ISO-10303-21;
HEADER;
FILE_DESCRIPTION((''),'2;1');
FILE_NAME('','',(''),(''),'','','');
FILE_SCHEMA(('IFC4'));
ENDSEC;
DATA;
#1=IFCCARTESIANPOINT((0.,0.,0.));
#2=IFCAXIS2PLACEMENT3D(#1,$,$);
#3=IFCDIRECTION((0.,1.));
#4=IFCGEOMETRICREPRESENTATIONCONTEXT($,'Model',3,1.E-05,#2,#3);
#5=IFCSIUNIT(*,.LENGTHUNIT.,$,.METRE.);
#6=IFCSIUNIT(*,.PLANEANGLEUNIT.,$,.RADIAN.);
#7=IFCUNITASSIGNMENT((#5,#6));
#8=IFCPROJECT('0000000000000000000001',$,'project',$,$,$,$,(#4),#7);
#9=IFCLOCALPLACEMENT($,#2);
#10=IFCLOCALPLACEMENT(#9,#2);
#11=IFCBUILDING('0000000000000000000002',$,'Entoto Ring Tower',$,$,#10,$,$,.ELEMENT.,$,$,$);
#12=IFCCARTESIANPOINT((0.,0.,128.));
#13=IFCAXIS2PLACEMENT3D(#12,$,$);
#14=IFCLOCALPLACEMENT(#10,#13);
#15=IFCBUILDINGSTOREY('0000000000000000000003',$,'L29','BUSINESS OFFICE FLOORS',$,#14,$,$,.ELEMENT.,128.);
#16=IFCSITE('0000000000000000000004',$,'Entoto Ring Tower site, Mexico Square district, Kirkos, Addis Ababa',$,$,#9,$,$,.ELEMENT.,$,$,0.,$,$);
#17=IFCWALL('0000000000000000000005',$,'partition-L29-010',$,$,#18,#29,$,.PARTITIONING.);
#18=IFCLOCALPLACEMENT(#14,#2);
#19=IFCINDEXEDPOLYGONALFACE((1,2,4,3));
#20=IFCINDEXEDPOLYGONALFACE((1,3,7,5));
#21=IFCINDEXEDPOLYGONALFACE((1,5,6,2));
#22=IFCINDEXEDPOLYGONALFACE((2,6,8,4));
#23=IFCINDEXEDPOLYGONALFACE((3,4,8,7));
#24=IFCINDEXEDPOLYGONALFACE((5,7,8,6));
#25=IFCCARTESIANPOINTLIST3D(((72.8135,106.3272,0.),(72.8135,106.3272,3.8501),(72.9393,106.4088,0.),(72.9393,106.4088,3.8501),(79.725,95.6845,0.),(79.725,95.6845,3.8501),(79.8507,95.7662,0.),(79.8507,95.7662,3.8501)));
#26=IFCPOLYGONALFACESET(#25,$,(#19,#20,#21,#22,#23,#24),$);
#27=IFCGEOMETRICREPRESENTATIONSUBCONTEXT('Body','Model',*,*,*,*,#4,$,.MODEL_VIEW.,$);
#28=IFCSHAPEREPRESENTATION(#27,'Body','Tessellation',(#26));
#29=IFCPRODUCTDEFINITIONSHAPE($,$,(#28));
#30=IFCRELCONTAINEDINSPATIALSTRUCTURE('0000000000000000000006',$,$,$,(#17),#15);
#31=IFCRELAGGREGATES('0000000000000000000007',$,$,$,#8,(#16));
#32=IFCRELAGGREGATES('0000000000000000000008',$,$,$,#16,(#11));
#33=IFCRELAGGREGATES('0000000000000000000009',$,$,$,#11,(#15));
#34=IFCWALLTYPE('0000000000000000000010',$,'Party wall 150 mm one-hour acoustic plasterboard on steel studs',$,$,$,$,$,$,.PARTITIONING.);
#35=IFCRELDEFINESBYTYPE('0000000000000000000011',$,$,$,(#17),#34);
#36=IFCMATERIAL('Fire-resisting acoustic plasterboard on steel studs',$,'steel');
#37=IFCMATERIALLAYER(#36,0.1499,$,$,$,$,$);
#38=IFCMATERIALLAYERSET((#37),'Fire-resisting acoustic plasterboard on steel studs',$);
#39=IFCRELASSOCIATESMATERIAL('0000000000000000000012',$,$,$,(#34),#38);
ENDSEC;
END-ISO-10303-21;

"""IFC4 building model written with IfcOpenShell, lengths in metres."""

from ifc_helpers import new_model, si_unit, direction, frame, frame_2d, origin, place, context, subcontext, project, spatial, rectangle, extrude, material, layer, layer_set, type_object, element, save


model = new_model("IFC4")

# Units and contexts
model_context = context("Model", 3, precision=1e-05, world=origin(), true_north=direction((0.0, 1.0)))
body_context = subcontext(model_context, "Body", "Model", "MODEL_VIEW")
ifc_project = project(units=[si_unit("LENGTHUNIT", "METRE"), si_unit("PLANEANGLEUNIT", "RADIAN")], contexts=[model_context])

# Site, building, storey
site_placement = place(None, origin())
site = spatial("IfcSite", under=ifc_project, at=site_placement, Name="Entoto Ring Tower site, Mexico Square district, Kirkos, Addis Ababa", CompositionType="ELEMENT", RefElevation=0.0)
building_placement = place(site_placement, origin())
building = spatial("IfcBuilding", under=site, at=building_placement, Name="Entoto Ring Tower", CompositionType="ELEMENT")
storey_placement = place(building_placement, frame((0.0, 0.0, 128.0)))
storey = spatial("IfcBuildingStorey", under=building, at=storey_placement, Name="L29", Description="BUSINESS OFFICE FLOORS", CompositionType="ELEMENT", Elevation=128.0)

# Wall
ifc_material_1 = material(Name="Fire-resisting acoustic plasterboard on steel studs", Category="steel")
ifc_layer_1 = layer(ifc_material_1, 0.1499)
ifc_layer_set_1 = layer_set([ifc_layer_1], Name="Fire-resisting acoustic plasterboard on steel studs")
wall_type_1 = type_object("IfcWallType", Name="Party wall 150 mm one-hour acoustic plasterboard on steel studs", PredefinedType="PARTITIONING", material=ifc_layer_set_1)
wall_1_placement = place(storey_placement, frame((79.7878, 95.7253, 0.0), z_axis=(0.0, 0.0, 1.0), x_axis=(-0.544639, 0.83867, 0.0)))
element("IfcWall", 1, at=wall_1_placement, inside=storey, type_object=wall_type_1, Name="partition-L29-010", PredefinedType="PARTITIONING", context=body_context, shape_type="SweptSolid", body=[
    extrude(rectangle(XDim=12.6899, YDim=0.1499, at=frame_2d((6.345, 0.0))), origin(), (0.0, 0.0, 1.0), 3.8501),
])

save(model, "model.ifc")
